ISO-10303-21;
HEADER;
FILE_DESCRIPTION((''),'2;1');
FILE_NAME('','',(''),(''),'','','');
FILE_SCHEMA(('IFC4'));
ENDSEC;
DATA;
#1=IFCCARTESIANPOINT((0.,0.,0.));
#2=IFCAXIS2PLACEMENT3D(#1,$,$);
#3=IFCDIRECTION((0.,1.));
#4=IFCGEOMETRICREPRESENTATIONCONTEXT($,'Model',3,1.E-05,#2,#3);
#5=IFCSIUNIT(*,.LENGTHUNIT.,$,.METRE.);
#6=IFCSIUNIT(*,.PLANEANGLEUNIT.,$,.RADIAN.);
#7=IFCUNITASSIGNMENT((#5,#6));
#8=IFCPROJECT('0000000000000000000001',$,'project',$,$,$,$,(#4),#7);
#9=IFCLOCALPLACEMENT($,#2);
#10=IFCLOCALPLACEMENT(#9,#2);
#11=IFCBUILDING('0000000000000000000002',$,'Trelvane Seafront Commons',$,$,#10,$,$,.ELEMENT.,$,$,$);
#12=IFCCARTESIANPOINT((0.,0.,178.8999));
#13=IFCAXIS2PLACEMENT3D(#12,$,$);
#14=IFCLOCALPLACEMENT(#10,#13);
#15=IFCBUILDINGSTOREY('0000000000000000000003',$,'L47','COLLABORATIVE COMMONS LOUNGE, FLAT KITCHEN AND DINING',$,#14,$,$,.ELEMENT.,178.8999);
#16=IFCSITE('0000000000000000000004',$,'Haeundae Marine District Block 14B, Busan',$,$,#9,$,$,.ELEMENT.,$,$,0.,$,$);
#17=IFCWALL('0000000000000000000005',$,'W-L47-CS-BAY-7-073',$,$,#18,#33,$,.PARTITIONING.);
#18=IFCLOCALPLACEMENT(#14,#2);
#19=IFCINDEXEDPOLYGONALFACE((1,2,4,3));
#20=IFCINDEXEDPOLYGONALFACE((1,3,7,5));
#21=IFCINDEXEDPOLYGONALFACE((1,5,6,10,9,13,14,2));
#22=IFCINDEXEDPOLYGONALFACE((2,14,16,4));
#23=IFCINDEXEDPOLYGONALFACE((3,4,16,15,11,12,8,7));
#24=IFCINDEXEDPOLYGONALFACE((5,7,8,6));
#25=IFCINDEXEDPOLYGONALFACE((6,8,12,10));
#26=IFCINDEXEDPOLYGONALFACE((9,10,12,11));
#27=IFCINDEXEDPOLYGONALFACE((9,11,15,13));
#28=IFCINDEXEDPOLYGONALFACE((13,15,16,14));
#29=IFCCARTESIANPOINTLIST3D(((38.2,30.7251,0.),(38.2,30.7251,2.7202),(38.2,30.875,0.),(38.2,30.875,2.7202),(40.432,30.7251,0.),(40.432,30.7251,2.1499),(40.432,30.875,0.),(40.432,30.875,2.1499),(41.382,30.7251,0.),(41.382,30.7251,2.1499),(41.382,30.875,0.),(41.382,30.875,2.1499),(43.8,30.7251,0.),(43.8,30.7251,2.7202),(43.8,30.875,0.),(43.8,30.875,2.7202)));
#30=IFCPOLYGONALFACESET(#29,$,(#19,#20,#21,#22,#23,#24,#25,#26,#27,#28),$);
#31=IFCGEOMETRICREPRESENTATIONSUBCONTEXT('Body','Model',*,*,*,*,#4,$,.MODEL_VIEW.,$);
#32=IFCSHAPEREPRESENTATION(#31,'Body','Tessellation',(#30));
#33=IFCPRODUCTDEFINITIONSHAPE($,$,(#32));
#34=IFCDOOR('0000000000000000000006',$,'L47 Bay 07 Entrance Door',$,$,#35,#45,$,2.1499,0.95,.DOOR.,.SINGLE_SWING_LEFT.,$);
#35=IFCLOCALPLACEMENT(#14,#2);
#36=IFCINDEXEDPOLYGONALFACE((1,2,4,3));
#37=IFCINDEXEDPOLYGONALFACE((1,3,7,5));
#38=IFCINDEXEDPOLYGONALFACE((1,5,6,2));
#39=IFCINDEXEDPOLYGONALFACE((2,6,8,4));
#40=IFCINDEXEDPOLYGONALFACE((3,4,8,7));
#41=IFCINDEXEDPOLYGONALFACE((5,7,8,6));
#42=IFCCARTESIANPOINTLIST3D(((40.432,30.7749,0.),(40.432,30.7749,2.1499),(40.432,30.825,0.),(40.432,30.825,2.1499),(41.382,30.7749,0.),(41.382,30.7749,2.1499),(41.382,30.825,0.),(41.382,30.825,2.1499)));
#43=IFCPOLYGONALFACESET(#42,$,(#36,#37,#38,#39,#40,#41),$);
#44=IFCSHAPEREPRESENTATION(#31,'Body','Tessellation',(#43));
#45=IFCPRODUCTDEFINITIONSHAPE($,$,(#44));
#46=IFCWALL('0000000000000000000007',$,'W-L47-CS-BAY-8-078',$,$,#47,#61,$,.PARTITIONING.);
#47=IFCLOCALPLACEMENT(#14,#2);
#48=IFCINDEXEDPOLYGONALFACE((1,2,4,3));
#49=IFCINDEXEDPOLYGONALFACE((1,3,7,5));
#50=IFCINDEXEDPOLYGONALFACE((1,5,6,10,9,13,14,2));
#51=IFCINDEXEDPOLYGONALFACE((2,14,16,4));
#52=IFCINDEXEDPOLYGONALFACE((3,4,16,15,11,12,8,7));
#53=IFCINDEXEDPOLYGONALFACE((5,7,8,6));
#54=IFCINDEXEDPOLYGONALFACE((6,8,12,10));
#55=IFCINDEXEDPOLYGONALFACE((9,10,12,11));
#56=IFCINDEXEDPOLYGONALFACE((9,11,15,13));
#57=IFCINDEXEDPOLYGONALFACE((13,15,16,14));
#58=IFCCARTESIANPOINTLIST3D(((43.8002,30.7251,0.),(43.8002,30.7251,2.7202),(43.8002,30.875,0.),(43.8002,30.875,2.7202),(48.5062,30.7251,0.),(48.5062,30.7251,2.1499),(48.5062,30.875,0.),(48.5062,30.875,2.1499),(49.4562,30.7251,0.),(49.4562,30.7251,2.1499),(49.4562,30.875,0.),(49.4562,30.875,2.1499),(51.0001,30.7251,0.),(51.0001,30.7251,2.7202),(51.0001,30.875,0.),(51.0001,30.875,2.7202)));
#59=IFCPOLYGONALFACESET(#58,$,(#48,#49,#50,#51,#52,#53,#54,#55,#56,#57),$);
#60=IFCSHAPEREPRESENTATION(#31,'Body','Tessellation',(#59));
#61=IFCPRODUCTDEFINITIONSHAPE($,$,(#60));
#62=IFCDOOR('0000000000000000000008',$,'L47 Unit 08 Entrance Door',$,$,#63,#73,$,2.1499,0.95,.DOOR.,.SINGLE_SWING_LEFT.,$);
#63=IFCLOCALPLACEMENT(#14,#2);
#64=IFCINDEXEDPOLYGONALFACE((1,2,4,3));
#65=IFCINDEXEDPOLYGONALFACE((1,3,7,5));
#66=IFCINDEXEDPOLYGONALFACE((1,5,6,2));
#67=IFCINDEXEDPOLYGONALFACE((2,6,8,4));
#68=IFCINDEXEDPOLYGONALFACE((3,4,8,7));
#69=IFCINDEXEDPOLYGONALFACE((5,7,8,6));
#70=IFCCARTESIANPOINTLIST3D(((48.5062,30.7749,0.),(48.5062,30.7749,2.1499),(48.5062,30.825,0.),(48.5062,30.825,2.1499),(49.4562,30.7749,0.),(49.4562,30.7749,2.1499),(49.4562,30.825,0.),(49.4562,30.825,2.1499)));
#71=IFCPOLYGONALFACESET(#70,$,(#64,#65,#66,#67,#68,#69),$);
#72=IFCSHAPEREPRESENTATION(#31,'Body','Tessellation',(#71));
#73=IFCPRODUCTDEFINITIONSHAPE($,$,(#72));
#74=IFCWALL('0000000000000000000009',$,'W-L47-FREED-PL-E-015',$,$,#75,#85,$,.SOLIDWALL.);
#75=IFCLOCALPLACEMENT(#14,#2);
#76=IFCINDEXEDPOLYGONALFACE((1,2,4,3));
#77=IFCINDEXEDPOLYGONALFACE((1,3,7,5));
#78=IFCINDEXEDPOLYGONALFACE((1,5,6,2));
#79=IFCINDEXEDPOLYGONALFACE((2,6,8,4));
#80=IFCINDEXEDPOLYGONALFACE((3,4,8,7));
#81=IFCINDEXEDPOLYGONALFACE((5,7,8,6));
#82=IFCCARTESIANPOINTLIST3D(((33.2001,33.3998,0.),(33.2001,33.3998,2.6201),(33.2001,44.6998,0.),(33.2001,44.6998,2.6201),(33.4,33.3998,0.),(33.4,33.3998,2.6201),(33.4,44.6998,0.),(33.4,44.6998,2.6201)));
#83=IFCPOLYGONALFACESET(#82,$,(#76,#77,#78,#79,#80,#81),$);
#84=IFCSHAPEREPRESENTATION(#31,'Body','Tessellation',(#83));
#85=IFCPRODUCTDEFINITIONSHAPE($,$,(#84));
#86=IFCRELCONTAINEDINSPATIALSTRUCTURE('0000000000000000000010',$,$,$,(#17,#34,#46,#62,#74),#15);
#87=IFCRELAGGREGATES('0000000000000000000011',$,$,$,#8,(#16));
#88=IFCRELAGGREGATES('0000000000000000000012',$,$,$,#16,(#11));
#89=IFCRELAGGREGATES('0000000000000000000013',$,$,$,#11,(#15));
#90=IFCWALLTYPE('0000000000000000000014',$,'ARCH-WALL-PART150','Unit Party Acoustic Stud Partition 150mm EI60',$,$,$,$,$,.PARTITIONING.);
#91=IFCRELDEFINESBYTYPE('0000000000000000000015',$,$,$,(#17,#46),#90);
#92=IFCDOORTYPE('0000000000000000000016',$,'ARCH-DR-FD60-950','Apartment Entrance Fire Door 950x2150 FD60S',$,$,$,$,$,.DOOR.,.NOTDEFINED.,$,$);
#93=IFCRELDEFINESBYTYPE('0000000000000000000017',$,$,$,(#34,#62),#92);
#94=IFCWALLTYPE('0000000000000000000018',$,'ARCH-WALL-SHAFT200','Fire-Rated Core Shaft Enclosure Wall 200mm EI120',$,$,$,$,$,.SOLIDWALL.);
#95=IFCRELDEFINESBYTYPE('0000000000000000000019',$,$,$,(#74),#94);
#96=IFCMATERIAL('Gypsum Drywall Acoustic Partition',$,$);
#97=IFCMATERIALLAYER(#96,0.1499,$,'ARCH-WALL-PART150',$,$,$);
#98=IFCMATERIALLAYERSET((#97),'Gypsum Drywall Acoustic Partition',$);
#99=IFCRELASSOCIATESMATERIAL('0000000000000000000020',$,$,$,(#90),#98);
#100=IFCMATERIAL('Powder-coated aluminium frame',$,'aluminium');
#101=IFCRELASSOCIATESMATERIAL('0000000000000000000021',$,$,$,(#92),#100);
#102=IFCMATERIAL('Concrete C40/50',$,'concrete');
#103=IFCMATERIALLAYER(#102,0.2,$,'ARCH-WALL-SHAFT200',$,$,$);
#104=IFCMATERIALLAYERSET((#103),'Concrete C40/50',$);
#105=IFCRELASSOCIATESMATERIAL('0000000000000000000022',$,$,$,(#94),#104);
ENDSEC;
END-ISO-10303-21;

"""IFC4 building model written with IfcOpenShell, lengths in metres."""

from ifc_helpers import new_model, si_unit, direction, frame, frame_2d, origin, place, context, subcontext, project, spatial, rectangle, extrude, source, transform, mapped, material, layer, layer_set, type_object, element, fill, save


model = new_model("IFC4")

# Units and contexts
model_context = context("Model", 3, precision=1e-05, world=origin(), true_north=direction((0.0, 1.0)))
body_context = subcontext(model_context, "Body", "Model", "MODEL_VIEW")
ifc_project = project(units=[si_unit("LENGTHUNIT", "METRE"), si_unit("PLANEANGLEUNIT", "RADIAN")], contexts=[model_context])

# Site, building, storey
site_placement = place(None, origin())
site = spatial("IfcSite", under=ifc_project, at=site_placement, Name="Haeundae Marine District Block 14B, Busan", CompositionType="ELEMENT", RefElevation=0.0)
building_placement = place(site_placement, origin())
building = spatial("IfcBuilding", under=site, at=building_placement, Name="Trelvane Seafront Commons", CompositionType="ELEMENT")
storey_placement = place(building_placement, frame((0.0, 0.0, 178.8999)))
storey = spatial("IfcBuildingStorey", under=building, at=storey_placement, Name="L47", Description="COLLABORATIVE COMMONS LOUNGE, FLAT KITCHEN AND DINING", CompositionType="ELEMENT", Elevation=178.8999)

# Shared definitions
ifc_material_1 = material(Name="Gypsum Drywall Acoustic Partition")
shared_shape_1 = source(origin(), body_context, "Body", "SweptSolid", [
    extrude(rectangle(XDim=0.95, YDim=2.1499, at=frame_2d((0.4751, 1.075))), frame((0.0, 0.0249, 0.0), z_axis=(0.0, -1.0, 0.0), x_axis=(1.0, 0.0, 0.0)), (0.0, 0.0, 1.0), 0.05),
])

# Walls, openings, doors
ifc_layer_1 = layer(ifc_material_1, 0.1499, Name="ARCH-WALL-PART150")
ifc_layer_set_1 = layer_set([ifc_layer_1], Name="Gypsum Drywall Acoustic Partition")
wall_type_1 = type_object("IfcWallType", Name="ARCH-WALL-PART150", Description="Unit Party Acoustic Stud Partition 150mm EI60", PredefinedType="PARTITIONING", material=ifc_layer_set_1)
wall_1_placement = place(storey_placement, frame((38.2, 30.8, 0.0), z_axis=(0.0, 0.0, 1.0), x_axis=(1.0, 0.0, 0.0)))
wall_1 = element("IfcWall", 1, at=wall_1_placement, inside=storey, type_object=wall_type_1, Name="W-L47-CS-BAY-7-073", PredefinedType="PARTITIONING", context=body_context, shape_type="SweptSolid", body=[
    extrude(rectangle(XDim=5.6001, YDim=0.1499, at=frame_2d((2.8, 0.0))), origin(), (0.0, 0.0, 1.0), 2.7202),
])
opening_1_placement = place(wall_1_placement, frame((2.2319, 0.0, 0.0)))
opening_1 = element("IfcOpeningElement", 2, at=opening_1_placement, cuts=wall_1, PredefinedType="OPENING", context=body_context, shape_type="SweptSolid", body=[
    extrude(rectangle(XDim=0.95, YDim=2.1499, at=frame_2d((0.4751, 1.075))), frame((0.0, 0.085, 0.0), z_axis=(0.0, -1.0, 0.0), x_axis=(1.0, 0.0, 0.0)), (0.0, 0.0, 1.0), 0.1699),
])
ifc_material_2 = material(Name="Powder-coated aluminium frame", Category="aluminium")
door_type_1 = type_object("IfcDoorType", Name="ARCH-DR-FD60-950", Description="Apartment Entrance Fire Door 950x2150 FD60S", OperationType="NOTDEFINED", PredefinedType="DOOR", material=ifc_material_2)
door_1_placement = place(opening_1_placement, origin())
door_1 = element("IfcDoor", 3, at=door_1_placement, inside=storey, type_object=door_type_1, Name="L47 Bay 07 Entrance Door", OperationType="SINGLE_SWING_LEFT", OverallHeight=2.1499, OverallWidth=0.95, PredefinedType="DOOR", context=body_context, shape_type="MappedRepresentation", body=[
    mapped(shared_shape_1, transform((0.0, 0.0, 0.0), x_axis=(1.0, 0.0, 0.0), y_axis=(0.0, 1.0, 0.0), z_axis=(0.0, 0.0, 1.0), scale=1.0)),
])
fill(opening_1, door_1)
wall_2_placement = place(storey_placement, frame((43.8, 30.8, 0.0), z_axis=(0.0, 0.0, 1.0), x_axis=(1.0, 0.0, 0.0)))
wall_2 = element("IfcWall", 4, at=wall_2_placement, inside=storey, type_object=wall_type_1, Name="W-L47-CS-BAY-8-078", PredefinedType="PARTITIONING", context=body_context, shape_type="SweptSolid", body=[
    extrude(rectangle(XDim=7.2, YDim=0.1499, at=frame_2d((3.6001, 0.0))), origin(), (0.0, 0.0, 1.0), 2.7202),
])
opening_2_placement = place(wall_2_placement, frame((4.7061, 0.0, 0.0)))
opening_2 = element("IfcOpeningElement", 5, at=opening_2_placement, cuts=wall_2, PredefinedType="OPENING", context=body_context, shape_type="SweptSolid", body=[
    extrude(rectangle(XDim=0.95, YDim=2.1499, at=frame_2d((0.4751, 1.075))), frame((0.0, 0.085, 0.0), z_axis=(0.0, -1.0, 0.0), x_axis=(1.0, 0.0, 0.0)), (0.0, 0.0, 1.0), 0.1699),
])
door_2_placement = place(opening_2_placement, origin())
door_2 = element("IfcDoor", 6, at=door_2_placement, inside=storey, type_object=door_type_1, Name="L47 Unit 08 Entrance Door", OperationType="SINGLE_SWING_LEFT", OverallHeight=2.1499, OverallWidth=0.95, PredefinedType="DOOR", context=body_context, shape_type="MappedRepresentation", body=[
    mapped(shared_shape_1, transform((0.0, 0.0, 0.0), x_axis=(1.0, 0.0, 0.0), y_axis=(0.0, 1.0, 0.0), z_axis=(0.0, 0.0, 1.0), scale=1.0)),
])
fill(opening_2, door_2)

# Wall
ifc_material_3 = material(Name="Concrete C40/50", Category="concrete")
ifc_layer_2 = layer(ifc_material_3, 0.2, Name="ARCH-WALL-SHAFT200")
ifc_layer_set_2 = layer_set([ifc_layer_2], Name="Concrete C40/50")
wall_type_2 = type_object("IfcWallType", Name="ARCH-WALL-SHAFT200", Description="Fire-Rated Core Shaft Enclosure Wall 200mm EI120", PredefinedType="SOLIDWALL", material=ifc_layer_set_2)
wall_3_placement = place(storey_placement, frame((33.3, 33.3999, 0.0), z_axis=(0.0, 0.0, 1.0), x_axis=(0.0, 1.0, 0.0)))
element("IfcWall", 7, at=wall_3_placement, inside=storey, type_object=wall_type_2, Name="W-L47-FREED-PL-E-015", PredefinedType="SOLIDWALL", context=body_context, shape_type="SweptSolid", body=[
    extrude(rectangle(XDim=11.3, YDim=0.2, at=frame_2d((5.6499, 0.0))), origin(), (0.0, 0.0, 1.0), 2.6201),
])

save(model, "model.ifc")
